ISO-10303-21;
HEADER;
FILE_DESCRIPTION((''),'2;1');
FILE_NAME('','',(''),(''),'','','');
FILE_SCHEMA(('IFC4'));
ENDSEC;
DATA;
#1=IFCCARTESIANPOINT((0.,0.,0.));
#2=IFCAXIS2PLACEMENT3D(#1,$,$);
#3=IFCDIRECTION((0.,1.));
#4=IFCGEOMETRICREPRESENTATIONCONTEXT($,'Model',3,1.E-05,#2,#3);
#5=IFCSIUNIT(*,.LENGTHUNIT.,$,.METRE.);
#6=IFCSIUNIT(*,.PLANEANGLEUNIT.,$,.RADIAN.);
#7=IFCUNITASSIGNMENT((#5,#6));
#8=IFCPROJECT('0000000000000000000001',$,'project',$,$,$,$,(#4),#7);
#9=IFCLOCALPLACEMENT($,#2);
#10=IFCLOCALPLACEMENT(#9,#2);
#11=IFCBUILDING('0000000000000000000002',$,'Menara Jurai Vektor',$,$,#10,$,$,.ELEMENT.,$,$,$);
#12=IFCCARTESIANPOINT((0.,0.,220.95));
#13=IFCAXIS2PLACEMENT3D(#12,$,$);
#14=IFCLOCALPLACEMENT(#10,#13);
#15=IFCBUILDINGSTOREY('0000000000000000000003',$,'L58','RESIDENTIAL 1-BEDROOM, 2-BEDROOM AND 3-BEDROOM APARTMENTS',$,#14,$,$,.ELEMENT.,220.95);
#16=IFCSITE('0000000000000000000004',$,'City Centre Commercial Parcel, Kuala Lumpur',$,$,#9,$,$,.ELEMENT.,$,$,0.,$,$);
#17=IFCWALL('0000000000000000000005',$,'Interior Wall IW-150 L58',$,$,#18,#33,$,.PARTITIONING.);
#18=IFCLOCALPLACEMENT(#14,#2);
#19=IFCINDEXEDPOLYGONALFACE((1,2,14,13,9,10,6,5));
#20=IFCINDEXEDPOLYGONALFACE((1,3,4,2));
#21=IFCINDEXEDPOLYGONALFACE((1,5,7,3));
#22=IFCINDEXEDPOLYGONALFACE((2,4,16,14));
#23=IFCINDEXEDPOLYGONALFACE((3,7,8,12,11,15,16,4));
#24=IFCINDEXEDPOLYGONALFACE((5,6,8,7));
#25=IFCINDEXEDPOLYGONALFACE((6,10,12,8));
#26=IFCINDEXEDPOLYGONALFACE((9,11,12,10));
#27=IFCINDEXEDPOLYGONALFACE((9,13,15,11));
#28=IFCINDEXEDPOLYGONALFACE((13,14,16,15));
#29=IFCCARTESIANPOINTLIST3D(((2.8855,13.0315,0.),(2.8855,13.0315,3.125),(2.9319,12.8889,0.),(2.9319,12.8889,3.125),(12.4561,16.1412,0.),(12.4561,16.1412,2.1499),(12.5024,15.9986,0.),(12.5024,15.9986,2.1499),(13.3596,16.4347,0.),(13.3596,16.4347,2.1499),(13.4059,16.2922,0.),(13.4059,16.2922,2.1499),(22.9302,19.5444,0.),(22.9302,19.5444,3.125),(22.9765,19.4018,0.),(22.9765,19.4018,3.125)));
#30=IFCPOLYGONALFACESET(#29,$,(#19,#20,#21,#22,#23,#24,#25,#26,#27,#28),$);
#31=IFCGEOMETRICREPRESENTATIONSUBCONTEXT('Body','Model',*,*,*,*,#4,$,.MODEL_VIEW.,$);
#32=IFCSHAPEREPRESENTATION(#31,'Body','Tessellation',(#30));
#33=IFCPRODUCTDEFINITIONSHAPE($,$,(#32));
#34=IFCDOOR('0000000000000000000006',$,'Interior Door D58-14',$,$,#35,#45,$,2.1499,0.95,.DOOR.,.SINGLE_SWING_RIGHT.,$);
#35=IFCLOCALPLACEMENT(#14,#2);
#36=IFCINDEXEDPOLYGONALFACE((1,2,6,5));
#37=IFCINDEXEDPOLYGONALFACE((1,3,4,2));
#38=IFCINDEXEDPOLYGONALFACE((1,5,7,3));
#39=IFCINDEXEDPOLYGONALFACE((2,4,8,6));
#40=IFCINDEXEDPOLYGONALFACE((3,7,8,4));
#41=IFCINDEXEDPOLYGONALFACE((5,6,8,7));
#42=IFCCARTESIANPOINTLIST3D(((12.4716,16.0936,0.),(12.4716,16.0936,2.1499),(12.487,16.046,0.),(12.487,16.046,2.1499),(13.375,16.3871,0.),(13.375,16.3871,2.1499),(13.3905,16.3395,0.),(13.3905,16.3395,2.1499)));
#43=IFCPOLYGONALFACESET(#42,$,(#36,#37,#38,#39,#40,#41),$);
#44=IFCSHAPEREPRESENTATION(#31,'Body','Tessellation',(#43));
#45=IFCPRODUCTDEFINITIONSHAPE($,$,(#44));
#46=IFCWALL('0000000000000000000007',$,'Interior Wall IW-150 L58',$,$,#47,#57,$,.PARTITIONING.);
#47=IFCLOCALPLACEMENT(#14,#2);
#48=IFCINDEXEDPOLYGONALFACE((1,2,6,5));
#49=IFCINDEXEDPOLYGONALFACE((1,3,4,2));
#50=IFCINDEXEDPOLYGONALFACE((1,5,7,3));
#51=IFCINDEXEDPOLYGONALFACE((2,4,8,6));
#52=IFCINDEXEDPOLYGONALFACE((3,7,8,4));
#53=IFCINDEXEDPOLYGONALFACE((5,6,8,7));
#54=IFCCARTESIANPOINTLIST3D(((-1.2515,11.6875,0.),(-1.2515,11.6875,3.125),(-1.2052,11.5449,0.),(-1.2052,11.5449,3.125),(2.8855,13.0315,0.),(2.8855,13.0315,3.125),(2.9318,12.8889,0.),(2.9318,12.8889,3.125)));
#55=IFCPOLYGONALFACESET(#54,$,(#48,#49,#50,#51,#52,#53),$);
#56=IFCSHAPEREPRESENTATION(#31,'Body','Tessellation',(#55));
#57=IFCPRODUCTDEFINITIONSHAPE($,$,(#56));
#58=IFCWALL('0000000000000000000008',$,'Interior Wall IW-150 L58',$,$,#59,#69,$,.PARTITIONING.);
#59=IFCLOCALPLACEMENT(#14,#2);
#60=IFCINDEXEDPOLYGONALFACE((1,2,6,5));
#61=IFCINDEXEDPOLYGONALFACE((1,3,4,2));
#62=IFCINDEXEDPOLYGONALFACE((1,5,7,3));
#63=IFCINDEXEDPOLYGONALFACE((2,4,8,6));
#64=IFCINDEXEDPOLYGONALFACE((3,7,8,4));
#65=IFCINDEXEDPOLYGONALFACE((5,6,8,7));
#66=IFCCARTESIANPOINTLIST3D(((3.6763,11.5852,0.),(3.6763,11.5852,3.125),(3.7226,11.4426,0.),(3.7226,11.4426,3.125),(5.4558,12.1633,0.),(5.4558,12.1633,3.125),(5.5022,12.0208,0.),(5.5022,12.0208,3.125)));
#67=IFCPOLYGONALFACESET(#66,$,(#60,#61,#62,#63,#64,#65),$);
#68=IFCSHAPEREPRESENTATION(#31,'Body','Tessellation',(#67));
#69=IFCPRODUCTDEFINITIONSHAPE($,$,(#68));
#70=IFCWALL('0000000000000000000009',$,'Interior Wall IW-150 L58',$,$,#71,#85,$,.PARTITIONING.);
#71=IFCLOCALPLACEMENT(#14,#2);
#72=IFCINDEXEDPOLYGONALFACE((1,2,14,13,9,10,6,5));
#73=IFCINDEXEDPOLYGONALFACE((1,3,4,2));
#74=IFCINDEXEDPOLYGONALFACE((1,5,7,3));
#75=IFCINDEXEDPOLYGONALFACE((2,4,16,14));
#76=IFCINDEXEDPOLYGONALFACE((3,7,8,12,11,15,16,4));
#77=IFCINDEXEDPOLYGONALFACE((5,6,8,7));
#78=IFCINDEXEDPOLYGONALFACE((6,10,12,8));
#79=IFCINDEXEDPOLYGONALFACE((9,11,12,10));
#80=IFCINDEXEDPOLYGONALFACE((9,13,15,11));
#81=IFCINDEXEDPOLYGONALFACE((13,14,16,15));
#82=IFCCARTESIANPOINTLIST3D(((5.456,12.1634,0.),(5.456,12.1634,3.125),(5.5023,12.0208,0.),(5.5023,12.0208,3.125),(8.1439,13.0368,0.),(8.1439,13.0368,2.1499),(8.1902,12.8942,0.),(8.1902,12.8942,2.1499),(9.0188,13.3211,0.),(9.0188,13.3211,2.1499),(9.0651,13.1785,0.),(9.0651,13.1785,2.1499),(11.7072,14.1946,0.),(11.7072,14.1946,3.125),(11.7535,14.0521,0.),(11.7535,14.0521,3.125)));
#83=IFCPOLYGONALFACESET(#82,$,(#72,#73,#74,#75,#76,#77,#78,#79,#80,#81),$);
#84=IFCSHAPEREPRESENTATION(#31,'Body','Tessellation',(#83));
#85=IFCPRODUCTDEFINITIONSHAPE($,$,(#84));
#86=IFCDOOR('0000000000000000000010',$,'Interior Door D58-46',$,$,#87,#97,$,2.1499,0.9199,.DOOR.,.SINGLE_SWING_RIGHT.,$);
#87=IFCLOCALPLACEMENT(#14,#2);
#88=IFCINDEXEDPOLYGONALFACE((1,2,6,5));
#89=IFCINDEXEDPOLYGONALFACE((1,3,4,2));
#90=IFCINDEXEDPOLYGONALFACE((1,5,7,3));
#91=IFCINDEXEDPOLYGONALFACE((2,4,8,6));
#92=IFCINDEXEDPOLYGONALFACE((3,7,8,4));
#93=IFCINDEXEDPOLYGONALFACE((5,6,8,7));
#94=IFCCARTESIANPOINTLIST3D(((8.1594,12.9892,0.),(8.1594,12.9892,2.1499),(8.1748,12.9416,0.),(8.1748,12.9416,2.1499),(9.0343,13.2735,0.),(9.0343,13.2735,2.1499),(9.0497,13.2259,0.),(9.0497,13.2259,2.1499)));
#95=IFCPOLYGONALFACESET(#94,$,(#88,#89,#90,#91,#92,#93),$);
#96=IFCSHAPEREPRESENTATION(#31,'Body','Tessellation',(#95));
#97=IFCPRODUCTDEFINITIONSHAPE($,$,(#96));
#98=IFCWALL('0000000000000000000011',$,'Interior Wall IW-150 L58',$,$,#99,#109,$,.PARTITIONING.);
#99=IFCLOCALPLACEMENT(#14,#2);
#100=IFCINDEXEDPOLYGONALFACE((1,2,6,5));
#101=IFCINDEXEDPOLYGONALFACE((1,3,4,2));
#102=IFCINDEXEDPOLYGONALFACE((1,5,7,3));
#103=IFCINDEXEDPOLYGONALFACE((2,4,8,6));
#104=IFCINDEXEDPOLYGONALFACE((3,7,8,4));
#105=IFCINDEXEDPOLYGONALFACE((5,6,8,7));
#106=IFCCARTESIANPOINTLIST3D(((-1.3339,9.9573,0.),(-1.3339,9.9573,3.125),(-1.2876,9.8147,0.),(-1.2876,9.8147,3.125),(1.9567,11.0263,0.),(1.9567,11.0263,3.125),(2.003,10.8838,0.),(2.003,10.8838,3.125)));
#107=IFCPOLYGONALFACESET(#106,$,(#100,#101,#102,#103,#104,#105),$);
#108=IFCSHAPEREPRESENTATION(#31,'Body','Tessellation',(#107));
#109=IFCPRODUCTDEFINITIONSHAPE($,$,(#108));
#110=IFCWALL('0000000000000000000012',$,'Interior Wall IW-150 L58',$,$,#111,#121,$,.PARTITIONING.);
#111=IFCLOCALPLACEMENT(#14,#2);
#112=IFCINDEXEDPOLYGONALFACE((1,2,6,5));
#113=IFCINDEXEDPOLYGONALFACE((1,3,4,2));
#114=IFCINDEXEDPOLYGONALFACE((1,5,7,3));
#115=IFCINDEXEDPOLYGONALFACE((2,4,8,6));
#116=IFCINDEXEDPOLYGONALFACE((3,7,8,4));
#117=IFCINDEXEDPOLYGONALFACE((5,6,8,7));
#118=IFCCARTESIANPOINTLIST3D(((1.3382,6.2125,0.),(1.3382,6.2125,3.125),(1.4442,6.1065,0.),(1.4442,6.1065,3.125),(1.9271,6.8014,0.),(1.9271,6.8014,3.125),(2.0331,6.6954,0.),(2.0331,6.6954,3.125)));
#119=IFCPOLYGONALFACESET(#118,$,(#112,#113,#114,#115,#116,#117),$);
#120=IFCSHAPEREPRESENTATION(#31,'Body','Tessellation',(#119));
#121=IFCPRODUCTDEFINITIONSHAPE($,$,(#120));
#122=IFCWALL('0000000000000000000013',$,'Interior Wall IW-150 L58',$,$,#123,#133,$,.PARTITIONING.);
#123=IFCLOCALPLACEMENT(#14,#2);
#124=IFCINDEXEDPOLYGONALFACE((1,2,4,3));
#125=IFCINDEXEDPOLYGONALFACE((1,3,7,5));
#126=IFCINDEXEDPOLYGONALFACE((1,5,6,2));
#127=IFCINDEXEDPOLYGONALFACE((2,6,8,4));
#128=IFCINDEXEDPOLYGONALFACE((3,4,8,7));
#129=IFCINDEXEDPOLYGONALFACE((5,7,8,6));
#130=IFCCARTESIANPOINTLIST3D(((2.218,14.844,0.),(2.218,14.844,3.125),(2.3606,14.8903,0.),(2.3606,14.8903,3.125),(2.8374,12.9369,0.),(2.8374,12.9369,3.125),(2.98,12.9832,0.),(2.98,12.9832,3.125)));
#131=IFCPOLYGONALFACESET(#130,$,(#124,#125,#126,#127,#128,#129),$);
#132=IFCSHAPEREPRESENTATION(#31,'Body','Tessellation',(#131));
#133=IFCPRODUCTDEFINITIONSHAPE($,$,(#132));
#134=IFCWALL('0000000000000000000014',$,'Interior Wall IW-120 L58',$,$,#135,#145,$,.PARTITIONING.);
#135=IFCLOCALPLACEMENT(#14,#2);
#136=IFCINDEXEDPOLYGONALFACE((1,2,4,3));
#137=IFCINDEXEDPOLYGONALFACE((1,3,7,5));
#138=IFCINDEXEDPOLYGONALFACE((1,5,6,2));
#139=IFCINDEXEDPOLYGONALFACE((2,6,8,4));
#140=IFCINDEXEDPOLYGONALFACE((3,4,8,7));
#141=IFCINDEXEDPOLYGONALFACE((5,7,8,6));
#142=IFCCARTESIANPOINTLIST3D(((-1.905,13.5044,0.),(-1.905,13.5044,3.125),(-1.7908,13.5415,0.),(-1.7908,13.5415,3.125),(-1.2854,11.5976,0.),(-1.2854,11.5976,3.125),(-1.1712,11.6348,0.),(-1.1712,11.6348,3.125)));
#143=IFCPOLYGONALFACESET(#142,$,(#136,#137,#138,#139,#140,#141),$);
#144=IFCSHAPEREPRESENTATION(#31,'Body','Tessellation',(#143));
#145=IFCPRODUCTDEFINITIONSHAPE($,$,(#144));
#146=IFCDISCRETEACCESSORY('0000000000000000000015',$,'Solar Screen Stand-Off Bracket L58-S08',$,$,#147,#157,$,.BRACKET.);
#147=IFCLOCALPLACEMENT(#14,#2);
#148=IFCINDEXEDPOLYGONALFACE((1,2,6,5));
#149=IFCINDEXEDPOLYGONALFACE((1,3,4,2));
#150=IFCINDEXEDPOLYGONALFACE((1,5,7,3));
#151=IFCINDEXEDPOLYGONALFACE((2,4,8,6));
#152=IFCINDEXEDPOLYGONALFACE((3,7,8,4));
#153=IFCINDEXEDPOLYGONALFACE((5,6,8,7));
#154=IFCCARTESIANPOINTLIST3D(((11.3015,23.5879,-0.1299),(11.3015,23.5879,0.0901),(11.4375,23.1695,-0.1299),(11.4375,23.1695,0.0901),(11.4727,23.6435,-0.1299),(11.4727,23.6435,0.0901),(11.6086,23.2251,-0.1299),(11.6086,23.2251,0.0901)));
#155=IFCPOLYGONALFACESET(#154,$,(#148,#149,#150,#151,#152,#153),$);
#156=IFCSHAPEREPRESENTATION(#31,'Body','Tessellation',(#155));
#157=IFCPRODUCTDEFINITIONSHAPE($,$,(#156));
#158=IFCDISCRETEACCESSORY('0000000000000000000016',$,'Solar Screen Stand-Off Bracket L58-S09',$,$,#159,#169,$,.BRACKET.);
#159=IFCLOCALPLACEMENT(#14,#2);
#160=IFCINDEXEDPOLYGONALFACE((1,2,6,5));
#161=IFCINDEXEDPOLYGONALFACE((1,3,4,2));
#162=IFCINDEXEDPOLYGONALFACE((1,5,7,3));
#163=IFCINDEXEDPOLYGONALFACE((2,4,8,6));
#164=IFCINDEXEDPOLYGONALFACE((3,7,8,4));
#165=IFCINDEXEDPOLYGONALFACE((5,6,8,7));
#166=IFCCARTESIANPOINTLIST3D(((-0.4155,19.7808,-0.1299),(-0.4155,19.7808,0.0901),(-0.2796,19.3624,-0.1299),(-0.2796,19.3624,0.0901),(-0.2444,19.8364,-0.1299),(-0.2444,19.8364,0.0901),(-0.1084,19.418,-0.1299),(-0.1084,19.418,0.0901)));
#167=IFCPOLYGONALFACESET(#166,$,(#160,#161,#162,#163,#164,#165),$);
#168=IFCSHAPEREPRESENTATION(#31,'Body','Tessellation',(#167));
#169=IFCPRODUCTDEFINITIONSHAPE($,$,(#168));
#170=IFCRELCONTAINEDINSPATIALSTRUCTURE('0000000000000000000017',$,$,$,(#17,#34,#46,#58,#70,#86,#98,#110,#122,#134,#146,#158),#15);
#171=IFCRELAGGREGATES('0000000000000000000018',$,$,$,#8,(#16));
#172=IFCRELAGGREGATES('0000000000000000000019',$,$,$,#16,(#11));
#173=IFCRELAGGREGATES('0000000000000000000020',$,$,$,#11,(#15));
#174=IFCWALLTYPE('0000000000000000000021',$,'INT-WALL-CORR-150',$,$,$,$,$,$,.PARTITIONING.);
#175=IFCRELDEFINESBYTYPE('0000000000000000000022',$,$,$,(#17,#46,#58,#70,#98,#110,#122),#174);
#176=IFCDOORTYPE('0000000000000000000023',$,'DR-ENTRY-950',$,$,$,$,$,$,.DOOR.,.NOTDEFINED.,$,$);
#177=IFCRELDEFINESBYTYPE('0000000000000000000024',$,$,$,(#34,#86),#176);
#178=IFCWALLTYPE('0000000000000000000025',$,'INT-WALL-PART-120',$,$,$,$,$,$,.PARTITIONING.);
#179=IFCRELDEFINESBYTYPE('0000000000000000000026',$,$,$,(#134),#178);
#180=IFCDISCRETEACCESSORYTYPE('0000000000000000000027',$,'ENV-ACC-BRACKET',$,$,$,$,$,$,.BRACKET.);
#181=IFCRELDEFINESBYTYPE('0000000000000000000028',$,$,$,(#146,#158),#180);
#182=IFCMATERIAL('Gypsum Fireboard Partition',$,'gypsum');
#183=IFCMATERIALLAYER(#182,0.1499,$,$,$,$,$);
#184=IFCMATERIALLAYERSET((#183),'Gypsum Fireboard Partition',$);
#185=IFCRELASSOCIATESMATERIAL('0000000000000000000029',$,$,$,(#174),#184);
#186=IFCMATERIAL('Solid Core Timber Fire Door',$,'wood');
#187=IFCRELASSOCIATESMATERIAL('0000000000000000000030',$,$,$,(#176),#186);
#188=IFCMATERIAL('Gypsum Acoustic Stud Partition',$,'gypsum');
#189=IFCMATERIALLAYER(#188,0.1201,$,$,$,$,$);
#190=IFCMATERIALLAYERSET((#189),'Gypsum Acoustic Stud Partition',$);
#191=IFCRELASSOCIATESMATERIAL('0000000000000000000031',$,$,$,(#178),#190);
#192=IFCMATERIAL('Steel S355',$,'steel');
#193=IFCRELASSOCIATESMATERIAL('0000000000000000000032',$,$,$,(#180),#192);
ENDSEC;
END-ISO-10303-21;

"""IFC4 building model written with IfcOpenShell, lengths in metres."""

from ifc_helpers import new_model, si_unit, direction, frame, frame_2d, origin, origin_2d, place, context, subcontext, project, spatial, rectangle, extrude, material, layer, layer_set, type_object, element, fill, save


model = new_model("IFC4")

# Units and contexts
model_context = context("Model", 3, precision=1e-05, world=origin(), true_north=direction((0.0, 1.0)))
body_context = subcontext(model_context, "Body", "Model", "MODEL_VIEW")
ifc_project = project(units=[si_unit("LENGTHUNIT", "METRE"), si_unit("PLANEANGLEUNIT", "RADIAN")], contexts=[model_context])

# Site, building, storey
site_placement = place(None, origin())
site = spatial("IfcSite", under=ifc_project, at=site_placement, Name="City Centre Commercial Parcel, Kuala Lumpur", CompositionType="ELEMENT", RefElevation=0.0)
building_placement = place(site_placement, origin())
building = spatial("IfcBuilding", under=site, at=building_placement, Name="Menara Jurai Vektor", CompositionType="ELEMENT")
storey_placement = place(building_placement, frame((0.0, 0.0, 220.95)))
storey = spatial("IfcBuildingStorey", under=building, at=storey_placement, Name="L58", Description="RESIDENTIAL 1-BEDROOM, 2-BEDROOM AND 3-BEDROOM APARTMENTS", CompositionType="ELEMENT", Elevation=220.95)

# Shared definitions
ifc_material_1 = material(Name="Steel S355", Category="steel")

# Wall, opening, door
ifc_material_2 = material(Name="Gypsum Fireboard Partition", Category="gypsum")
ifc_layer_1 = layer(ifc_material_2, 0.1499)
ifc_layer_set_1 = layer_set([ifc_layer_1], Name="Gypsum Fireboard Partition")
wall_type_1 = type_object("IfcWallType", Name="INT-WALL-CORR-150", PredefinedType="PARTITIONING", material=ifc_layer_set_1)
wall_1_placement = place(storey_placement, frame((2.9087, 12.9602, 0.0), z_axis=(0.0, 0.0, 1.0), x_axis=(0.951056, 0.309018, 0.0)))
wall_1 = element("IfcWall", 1, at=wall_1_placement, inside=storey, type_object=wall_type_1, Name="Interior Wall IW-150 L58", PredefinedType="PARTITIONING", context=body_context, shape_type="SweptSolid", body=[
    extrude(rectangle(XDim=21.0762, YDim=0.1499, at=frame_2d((10.5381, 0.0))), origin(), (0.0, 0.0, 1.0), 3.125),
])
opening_1_placement = place(wall_1_placement, frame((10.063, 0.0, 0.0)))
opening_1 = element("IfcOpeningElement", 2, at=opening_1_placement, cuts=wall_1, PredefinedType="OPENING", context=body_context, shape_type="SweptSolid", body=[
    extrude(rectangle(XDim=0.95, YDim=2.1499, at=frame_2d((0.4751, 1.075))), frame((0.0, 0.085, 0.0), z_axis=(0.0, -1.0, 0.0), x_axis=(1.0, 0.0, 0.0)), (0.0, 0.0, 1.0), 0.1699),
])
ifc_material_3 = material(Name="Solid Core Timber Fire Door", Category="wood")
door_type_1 = type_object("IfcDoorType", Name="DR-ENTRY-950", OperationType="NOTDEFINED", PredefinedType="DOOR", material=ifc_material_3)
door_1_placement = place(opening_1_placement, origin())
door_1 = element("IfcDoor", 3, at=door_1_placement, inside=storey, type_object=door_type_1, Name="Interior Door D58-14", OperationType="SINGLE_SWING_RIGHT", OverallHeight=2.1499, OverallWidth=0.95, PredefinedType="DOOR", context=body_context, shape_type="SweptSolid", body=[
    extrude(rectangle(XDim=0.95, YDim=2.1499, at=frame_2d((0.4751, 1.075))), frame((0.0, 0.0249, 0.0), z_axis=(0.0, -1.0, 0.0), x_axis=(1.0, 0.0, 0.0)), (0.0, 0.0, 1.0), 0.05),
])
fill(opening_1, door_1)

# Walls
wall_2_placement = place(storey_placement, frame((-1.2283, 11.6162, 0.0), z_axis=(0.0, 0.0, 1.0), x_axis=(0.951069, 0.308978, 0.0)))
element("IfcWall", 4, at=wall_2_placement, inside=storey, type_object=wall_type_1, Name="Interior Wall IW-150 L58", PredefinedType="PARTITIONING", context=body_context, shape_type="SweptSolid", body=[
    extrude(rectangle(XDim=4.3499, YDim=0.1499, at=frame_2d((2.1748, 0.0))), origin(), (0.0, 0.0, 1.0), 3.125),
])
wall_3_placement = place(storey_placement, frame((3.6995, 11.5139, 0.0), z_axis=(0.0, 0.0, 1.0), x_axis=(0.95107, 0.308977, 0.0)))
element("IfcWall", 5, at=wall_3_placement, inside=storey, type_object=wall_type_1, Name="Interior Wall IW-150 L58", PredefinedType="PARTITIONING", context=body_context, shape_type="SweptSolid", body=[
    extrude(rectangle(XDim=1.8711, YDim=0.1499, at=frame_2d((0.9355, 0.0))), origin(), (0.0, 0.0, 1.0), 3.125),
])

# Wall, opening, door
wall_4_placement = place(storey_placement, frame((5.479, 12.092, 0.0), z_axis=(0.0, 0.0, 1.0), x_axis=(0.951052, 0.309031, 0.0)))
wall_4 = element("IfcWall", 6, at=wall_4_placement, inside=storey, type_object=wall_type_1, Name="Interior Wall IW-150 L58", PredefinedType="PARTITIONING", context=body_context, shape_type="SweptSolid", body=[
    extrude(rectangle(XDim=6.573, YDim=0.1499, at=frame_2d((3.2866, 0.0))), origin(), (0.0, 0.0, 1.0), 3.125),
])
opening_2_placement = place(wall_4_placement, frame((2.8264, 0.0, 0.0)))
opening_2 = element("IfcOpeningElement", 7, at=opening_2_placement, cuts=wall_4, PredefinedType="OPENING", context=body_context, shape_type="SweptSolid", body=[
    extrude(rectangle(XDim=0.9199, YDim=2.1499, at=frame_2d((0.46, 1.075))), frame((0.0, 0.085, 0.0), z_axis=(0.0, -1.0, 0.0), x_axis=(1.0, 0.0, 0.0)), (0.0, 0.0, 1.0), 0.1699),
])
door_2_placement = place(opening_2_placement, origin())
door_2 = element("IfcDoor", 8, at=door_2_placement, inside=storey, type_object=door_type_1, Name="Interior Door D58-46", OperationType="SINGLE_SWING_RIGHT", OverallHeight=2.1499, OverallWidth=0.9199, PredefinedType="DOOR", context=body_context, shape_type="SweptSolid", body=[
    extrude(rectangle(XDim=0.9199, YDim=2.1499, at=frame_2d((0.46, 1.075))), frame((0.0, 0.0249, 0.0), z_axis=(0.0, -1.0, 0.0), x_axis=(1.0, 0.0, 0.0)), (0.0, 0.0, 1.0), 0.05),
])
fill(opening_2, door_2)

# Walls
wall_5_placement = place(storey_placement, frame((-1.3108, 9.886, 0.0), z_axis=(0.0, 0.0, 1.0), x_axis=(0.951069, 0.308979, 0.0)))
element("IfcWall", 9, at=wall_5_placement, inside=storey, type_object=wall_type_1, Name="Interior Wall IW-150 L58", PredefinedType="PARTITIONING", context=body_context, shape_type="SweptSolid", body=[
    extrude(rectangle(XDim=3.46, YDim=0.1499, at=frame_2d((1.73, 0.0))), origin(), (0.0, 0.0, 1.0), 3.125),
])
wall_6_placement = place(storey_placement, frame((1.3911, 6.1594, 0.0), z_axis=(0.0, 0.0, 1.0), x_axis=(0.707107, 0.707107, 0.0)))
element("IfcWall", 10, at=wall_6_placement, inside=storey, type_object=wall_type_1, Name="Interior Wall IW-150 L58", PredefinedType="PARTITIONING", context=body_context, shape_type="SweptSolid", body=[
    extrude(rectangle(XDim=0.8328, YDim=0.1499, at=frame_2d((0.4165, 0.0))), origin(), (0.0, 0.0, 1.0), 3.125),
])

# Wall
wall_7_placement = place(storey_placement, frame((2.9087, 12.9602, 0.0), z_axis=(0.0, 0.0, 1.0), x_axis=(-0.308913, 0.95109, 0.0)))
element("IfcWall", 11, at=wall_7_placement, inside=storey, type_object=wall_type_1, Name="Interior Wall IW-150 L58", PredefinedType="PARTITIONING", context=body_context, shape_type="SweptSolid", body=[
    extrude(rectangle(XDim=2.0051, YDim=0.1499, at=frame_2d((1.0024, 0.0))), origin(), (0.0, 0.0, 1.0), 3.125),
])

# Wall
ifc_material_4 = material(Name="Gypsum Acoustic Stud Partition", Category="gypsum")
ifc_layer_2 = layer(ifc_material_4, 0.1201)
ifc_layer_set_2 = layer_set([ifc_layer_2], Name="Gypsum Acoustic Stud Partition")
wall_type_2 = type_object("IfcWallType", Name="INT-WALL-PART-120", PredefinedType="PARTITIONING", material=ifc_layer_set_2)
wall_8_placement = place(storey_placement, frame((-1.2283, 11.6162, 0.0), z_axis=(0.0, 0.0, 1.0), x_axis=(-0.309059, 0.951043, 0.0)))
element("IfcWall", 12, at=wall_8_placement, inside=storey, type_object=wall_type_2, Name="Interior Wall IW-120 L58", PredefinedType="PARTITIONING", context=body_context, shape_type="SweptSolid", body=[
    extrude(rectangle(XDim=2.0049, YDim=0.1201, at=frame_2d((1.0024, 0.0))), origin(), (0.0, 0.0, 1.0), 3.125),
])

# Discrete accessories
discrete_accessory_type = type_object("IfcDiscreteAccessoryType", Name="ENV-ACC-BRACKET", PredefinedType="BRACKET", material=ifc_material_1)
for number, where, z_axis, x_axis, name in (
    (13, (11.4551, 23.4065, -0.1299), (0.0, 0.0, 1.0), (-0.951057, -0.309017, 0.0), "Solar Screen Stand-Off Bracket L58-S08"),
    (14, (-0.262, 19.5994, -0.1299), (0.0, 0.0, 1.0), (-0.951057, -0.309017, 0.0), "Solar Screen Stand-Off Bracket L58-S09"),
):
    element("IfcDiscreteAccessory", number, at=place(storey_placement, frame(where, z_axis=z_axis, x_axis=x_axis)), inside=storey, type_object=discrete_accessory_type, Name=name, PredefinedType="BRACKET", context=body_context, shape_type="SweptSolid", body=[
        extrude(rectangle(XDim=0.1799, YDim=0.4399, at=origin_2d()), origin(), (0.0, 0.0, 1.0), 0.22),
    ])

save(model, "model.ifc")
